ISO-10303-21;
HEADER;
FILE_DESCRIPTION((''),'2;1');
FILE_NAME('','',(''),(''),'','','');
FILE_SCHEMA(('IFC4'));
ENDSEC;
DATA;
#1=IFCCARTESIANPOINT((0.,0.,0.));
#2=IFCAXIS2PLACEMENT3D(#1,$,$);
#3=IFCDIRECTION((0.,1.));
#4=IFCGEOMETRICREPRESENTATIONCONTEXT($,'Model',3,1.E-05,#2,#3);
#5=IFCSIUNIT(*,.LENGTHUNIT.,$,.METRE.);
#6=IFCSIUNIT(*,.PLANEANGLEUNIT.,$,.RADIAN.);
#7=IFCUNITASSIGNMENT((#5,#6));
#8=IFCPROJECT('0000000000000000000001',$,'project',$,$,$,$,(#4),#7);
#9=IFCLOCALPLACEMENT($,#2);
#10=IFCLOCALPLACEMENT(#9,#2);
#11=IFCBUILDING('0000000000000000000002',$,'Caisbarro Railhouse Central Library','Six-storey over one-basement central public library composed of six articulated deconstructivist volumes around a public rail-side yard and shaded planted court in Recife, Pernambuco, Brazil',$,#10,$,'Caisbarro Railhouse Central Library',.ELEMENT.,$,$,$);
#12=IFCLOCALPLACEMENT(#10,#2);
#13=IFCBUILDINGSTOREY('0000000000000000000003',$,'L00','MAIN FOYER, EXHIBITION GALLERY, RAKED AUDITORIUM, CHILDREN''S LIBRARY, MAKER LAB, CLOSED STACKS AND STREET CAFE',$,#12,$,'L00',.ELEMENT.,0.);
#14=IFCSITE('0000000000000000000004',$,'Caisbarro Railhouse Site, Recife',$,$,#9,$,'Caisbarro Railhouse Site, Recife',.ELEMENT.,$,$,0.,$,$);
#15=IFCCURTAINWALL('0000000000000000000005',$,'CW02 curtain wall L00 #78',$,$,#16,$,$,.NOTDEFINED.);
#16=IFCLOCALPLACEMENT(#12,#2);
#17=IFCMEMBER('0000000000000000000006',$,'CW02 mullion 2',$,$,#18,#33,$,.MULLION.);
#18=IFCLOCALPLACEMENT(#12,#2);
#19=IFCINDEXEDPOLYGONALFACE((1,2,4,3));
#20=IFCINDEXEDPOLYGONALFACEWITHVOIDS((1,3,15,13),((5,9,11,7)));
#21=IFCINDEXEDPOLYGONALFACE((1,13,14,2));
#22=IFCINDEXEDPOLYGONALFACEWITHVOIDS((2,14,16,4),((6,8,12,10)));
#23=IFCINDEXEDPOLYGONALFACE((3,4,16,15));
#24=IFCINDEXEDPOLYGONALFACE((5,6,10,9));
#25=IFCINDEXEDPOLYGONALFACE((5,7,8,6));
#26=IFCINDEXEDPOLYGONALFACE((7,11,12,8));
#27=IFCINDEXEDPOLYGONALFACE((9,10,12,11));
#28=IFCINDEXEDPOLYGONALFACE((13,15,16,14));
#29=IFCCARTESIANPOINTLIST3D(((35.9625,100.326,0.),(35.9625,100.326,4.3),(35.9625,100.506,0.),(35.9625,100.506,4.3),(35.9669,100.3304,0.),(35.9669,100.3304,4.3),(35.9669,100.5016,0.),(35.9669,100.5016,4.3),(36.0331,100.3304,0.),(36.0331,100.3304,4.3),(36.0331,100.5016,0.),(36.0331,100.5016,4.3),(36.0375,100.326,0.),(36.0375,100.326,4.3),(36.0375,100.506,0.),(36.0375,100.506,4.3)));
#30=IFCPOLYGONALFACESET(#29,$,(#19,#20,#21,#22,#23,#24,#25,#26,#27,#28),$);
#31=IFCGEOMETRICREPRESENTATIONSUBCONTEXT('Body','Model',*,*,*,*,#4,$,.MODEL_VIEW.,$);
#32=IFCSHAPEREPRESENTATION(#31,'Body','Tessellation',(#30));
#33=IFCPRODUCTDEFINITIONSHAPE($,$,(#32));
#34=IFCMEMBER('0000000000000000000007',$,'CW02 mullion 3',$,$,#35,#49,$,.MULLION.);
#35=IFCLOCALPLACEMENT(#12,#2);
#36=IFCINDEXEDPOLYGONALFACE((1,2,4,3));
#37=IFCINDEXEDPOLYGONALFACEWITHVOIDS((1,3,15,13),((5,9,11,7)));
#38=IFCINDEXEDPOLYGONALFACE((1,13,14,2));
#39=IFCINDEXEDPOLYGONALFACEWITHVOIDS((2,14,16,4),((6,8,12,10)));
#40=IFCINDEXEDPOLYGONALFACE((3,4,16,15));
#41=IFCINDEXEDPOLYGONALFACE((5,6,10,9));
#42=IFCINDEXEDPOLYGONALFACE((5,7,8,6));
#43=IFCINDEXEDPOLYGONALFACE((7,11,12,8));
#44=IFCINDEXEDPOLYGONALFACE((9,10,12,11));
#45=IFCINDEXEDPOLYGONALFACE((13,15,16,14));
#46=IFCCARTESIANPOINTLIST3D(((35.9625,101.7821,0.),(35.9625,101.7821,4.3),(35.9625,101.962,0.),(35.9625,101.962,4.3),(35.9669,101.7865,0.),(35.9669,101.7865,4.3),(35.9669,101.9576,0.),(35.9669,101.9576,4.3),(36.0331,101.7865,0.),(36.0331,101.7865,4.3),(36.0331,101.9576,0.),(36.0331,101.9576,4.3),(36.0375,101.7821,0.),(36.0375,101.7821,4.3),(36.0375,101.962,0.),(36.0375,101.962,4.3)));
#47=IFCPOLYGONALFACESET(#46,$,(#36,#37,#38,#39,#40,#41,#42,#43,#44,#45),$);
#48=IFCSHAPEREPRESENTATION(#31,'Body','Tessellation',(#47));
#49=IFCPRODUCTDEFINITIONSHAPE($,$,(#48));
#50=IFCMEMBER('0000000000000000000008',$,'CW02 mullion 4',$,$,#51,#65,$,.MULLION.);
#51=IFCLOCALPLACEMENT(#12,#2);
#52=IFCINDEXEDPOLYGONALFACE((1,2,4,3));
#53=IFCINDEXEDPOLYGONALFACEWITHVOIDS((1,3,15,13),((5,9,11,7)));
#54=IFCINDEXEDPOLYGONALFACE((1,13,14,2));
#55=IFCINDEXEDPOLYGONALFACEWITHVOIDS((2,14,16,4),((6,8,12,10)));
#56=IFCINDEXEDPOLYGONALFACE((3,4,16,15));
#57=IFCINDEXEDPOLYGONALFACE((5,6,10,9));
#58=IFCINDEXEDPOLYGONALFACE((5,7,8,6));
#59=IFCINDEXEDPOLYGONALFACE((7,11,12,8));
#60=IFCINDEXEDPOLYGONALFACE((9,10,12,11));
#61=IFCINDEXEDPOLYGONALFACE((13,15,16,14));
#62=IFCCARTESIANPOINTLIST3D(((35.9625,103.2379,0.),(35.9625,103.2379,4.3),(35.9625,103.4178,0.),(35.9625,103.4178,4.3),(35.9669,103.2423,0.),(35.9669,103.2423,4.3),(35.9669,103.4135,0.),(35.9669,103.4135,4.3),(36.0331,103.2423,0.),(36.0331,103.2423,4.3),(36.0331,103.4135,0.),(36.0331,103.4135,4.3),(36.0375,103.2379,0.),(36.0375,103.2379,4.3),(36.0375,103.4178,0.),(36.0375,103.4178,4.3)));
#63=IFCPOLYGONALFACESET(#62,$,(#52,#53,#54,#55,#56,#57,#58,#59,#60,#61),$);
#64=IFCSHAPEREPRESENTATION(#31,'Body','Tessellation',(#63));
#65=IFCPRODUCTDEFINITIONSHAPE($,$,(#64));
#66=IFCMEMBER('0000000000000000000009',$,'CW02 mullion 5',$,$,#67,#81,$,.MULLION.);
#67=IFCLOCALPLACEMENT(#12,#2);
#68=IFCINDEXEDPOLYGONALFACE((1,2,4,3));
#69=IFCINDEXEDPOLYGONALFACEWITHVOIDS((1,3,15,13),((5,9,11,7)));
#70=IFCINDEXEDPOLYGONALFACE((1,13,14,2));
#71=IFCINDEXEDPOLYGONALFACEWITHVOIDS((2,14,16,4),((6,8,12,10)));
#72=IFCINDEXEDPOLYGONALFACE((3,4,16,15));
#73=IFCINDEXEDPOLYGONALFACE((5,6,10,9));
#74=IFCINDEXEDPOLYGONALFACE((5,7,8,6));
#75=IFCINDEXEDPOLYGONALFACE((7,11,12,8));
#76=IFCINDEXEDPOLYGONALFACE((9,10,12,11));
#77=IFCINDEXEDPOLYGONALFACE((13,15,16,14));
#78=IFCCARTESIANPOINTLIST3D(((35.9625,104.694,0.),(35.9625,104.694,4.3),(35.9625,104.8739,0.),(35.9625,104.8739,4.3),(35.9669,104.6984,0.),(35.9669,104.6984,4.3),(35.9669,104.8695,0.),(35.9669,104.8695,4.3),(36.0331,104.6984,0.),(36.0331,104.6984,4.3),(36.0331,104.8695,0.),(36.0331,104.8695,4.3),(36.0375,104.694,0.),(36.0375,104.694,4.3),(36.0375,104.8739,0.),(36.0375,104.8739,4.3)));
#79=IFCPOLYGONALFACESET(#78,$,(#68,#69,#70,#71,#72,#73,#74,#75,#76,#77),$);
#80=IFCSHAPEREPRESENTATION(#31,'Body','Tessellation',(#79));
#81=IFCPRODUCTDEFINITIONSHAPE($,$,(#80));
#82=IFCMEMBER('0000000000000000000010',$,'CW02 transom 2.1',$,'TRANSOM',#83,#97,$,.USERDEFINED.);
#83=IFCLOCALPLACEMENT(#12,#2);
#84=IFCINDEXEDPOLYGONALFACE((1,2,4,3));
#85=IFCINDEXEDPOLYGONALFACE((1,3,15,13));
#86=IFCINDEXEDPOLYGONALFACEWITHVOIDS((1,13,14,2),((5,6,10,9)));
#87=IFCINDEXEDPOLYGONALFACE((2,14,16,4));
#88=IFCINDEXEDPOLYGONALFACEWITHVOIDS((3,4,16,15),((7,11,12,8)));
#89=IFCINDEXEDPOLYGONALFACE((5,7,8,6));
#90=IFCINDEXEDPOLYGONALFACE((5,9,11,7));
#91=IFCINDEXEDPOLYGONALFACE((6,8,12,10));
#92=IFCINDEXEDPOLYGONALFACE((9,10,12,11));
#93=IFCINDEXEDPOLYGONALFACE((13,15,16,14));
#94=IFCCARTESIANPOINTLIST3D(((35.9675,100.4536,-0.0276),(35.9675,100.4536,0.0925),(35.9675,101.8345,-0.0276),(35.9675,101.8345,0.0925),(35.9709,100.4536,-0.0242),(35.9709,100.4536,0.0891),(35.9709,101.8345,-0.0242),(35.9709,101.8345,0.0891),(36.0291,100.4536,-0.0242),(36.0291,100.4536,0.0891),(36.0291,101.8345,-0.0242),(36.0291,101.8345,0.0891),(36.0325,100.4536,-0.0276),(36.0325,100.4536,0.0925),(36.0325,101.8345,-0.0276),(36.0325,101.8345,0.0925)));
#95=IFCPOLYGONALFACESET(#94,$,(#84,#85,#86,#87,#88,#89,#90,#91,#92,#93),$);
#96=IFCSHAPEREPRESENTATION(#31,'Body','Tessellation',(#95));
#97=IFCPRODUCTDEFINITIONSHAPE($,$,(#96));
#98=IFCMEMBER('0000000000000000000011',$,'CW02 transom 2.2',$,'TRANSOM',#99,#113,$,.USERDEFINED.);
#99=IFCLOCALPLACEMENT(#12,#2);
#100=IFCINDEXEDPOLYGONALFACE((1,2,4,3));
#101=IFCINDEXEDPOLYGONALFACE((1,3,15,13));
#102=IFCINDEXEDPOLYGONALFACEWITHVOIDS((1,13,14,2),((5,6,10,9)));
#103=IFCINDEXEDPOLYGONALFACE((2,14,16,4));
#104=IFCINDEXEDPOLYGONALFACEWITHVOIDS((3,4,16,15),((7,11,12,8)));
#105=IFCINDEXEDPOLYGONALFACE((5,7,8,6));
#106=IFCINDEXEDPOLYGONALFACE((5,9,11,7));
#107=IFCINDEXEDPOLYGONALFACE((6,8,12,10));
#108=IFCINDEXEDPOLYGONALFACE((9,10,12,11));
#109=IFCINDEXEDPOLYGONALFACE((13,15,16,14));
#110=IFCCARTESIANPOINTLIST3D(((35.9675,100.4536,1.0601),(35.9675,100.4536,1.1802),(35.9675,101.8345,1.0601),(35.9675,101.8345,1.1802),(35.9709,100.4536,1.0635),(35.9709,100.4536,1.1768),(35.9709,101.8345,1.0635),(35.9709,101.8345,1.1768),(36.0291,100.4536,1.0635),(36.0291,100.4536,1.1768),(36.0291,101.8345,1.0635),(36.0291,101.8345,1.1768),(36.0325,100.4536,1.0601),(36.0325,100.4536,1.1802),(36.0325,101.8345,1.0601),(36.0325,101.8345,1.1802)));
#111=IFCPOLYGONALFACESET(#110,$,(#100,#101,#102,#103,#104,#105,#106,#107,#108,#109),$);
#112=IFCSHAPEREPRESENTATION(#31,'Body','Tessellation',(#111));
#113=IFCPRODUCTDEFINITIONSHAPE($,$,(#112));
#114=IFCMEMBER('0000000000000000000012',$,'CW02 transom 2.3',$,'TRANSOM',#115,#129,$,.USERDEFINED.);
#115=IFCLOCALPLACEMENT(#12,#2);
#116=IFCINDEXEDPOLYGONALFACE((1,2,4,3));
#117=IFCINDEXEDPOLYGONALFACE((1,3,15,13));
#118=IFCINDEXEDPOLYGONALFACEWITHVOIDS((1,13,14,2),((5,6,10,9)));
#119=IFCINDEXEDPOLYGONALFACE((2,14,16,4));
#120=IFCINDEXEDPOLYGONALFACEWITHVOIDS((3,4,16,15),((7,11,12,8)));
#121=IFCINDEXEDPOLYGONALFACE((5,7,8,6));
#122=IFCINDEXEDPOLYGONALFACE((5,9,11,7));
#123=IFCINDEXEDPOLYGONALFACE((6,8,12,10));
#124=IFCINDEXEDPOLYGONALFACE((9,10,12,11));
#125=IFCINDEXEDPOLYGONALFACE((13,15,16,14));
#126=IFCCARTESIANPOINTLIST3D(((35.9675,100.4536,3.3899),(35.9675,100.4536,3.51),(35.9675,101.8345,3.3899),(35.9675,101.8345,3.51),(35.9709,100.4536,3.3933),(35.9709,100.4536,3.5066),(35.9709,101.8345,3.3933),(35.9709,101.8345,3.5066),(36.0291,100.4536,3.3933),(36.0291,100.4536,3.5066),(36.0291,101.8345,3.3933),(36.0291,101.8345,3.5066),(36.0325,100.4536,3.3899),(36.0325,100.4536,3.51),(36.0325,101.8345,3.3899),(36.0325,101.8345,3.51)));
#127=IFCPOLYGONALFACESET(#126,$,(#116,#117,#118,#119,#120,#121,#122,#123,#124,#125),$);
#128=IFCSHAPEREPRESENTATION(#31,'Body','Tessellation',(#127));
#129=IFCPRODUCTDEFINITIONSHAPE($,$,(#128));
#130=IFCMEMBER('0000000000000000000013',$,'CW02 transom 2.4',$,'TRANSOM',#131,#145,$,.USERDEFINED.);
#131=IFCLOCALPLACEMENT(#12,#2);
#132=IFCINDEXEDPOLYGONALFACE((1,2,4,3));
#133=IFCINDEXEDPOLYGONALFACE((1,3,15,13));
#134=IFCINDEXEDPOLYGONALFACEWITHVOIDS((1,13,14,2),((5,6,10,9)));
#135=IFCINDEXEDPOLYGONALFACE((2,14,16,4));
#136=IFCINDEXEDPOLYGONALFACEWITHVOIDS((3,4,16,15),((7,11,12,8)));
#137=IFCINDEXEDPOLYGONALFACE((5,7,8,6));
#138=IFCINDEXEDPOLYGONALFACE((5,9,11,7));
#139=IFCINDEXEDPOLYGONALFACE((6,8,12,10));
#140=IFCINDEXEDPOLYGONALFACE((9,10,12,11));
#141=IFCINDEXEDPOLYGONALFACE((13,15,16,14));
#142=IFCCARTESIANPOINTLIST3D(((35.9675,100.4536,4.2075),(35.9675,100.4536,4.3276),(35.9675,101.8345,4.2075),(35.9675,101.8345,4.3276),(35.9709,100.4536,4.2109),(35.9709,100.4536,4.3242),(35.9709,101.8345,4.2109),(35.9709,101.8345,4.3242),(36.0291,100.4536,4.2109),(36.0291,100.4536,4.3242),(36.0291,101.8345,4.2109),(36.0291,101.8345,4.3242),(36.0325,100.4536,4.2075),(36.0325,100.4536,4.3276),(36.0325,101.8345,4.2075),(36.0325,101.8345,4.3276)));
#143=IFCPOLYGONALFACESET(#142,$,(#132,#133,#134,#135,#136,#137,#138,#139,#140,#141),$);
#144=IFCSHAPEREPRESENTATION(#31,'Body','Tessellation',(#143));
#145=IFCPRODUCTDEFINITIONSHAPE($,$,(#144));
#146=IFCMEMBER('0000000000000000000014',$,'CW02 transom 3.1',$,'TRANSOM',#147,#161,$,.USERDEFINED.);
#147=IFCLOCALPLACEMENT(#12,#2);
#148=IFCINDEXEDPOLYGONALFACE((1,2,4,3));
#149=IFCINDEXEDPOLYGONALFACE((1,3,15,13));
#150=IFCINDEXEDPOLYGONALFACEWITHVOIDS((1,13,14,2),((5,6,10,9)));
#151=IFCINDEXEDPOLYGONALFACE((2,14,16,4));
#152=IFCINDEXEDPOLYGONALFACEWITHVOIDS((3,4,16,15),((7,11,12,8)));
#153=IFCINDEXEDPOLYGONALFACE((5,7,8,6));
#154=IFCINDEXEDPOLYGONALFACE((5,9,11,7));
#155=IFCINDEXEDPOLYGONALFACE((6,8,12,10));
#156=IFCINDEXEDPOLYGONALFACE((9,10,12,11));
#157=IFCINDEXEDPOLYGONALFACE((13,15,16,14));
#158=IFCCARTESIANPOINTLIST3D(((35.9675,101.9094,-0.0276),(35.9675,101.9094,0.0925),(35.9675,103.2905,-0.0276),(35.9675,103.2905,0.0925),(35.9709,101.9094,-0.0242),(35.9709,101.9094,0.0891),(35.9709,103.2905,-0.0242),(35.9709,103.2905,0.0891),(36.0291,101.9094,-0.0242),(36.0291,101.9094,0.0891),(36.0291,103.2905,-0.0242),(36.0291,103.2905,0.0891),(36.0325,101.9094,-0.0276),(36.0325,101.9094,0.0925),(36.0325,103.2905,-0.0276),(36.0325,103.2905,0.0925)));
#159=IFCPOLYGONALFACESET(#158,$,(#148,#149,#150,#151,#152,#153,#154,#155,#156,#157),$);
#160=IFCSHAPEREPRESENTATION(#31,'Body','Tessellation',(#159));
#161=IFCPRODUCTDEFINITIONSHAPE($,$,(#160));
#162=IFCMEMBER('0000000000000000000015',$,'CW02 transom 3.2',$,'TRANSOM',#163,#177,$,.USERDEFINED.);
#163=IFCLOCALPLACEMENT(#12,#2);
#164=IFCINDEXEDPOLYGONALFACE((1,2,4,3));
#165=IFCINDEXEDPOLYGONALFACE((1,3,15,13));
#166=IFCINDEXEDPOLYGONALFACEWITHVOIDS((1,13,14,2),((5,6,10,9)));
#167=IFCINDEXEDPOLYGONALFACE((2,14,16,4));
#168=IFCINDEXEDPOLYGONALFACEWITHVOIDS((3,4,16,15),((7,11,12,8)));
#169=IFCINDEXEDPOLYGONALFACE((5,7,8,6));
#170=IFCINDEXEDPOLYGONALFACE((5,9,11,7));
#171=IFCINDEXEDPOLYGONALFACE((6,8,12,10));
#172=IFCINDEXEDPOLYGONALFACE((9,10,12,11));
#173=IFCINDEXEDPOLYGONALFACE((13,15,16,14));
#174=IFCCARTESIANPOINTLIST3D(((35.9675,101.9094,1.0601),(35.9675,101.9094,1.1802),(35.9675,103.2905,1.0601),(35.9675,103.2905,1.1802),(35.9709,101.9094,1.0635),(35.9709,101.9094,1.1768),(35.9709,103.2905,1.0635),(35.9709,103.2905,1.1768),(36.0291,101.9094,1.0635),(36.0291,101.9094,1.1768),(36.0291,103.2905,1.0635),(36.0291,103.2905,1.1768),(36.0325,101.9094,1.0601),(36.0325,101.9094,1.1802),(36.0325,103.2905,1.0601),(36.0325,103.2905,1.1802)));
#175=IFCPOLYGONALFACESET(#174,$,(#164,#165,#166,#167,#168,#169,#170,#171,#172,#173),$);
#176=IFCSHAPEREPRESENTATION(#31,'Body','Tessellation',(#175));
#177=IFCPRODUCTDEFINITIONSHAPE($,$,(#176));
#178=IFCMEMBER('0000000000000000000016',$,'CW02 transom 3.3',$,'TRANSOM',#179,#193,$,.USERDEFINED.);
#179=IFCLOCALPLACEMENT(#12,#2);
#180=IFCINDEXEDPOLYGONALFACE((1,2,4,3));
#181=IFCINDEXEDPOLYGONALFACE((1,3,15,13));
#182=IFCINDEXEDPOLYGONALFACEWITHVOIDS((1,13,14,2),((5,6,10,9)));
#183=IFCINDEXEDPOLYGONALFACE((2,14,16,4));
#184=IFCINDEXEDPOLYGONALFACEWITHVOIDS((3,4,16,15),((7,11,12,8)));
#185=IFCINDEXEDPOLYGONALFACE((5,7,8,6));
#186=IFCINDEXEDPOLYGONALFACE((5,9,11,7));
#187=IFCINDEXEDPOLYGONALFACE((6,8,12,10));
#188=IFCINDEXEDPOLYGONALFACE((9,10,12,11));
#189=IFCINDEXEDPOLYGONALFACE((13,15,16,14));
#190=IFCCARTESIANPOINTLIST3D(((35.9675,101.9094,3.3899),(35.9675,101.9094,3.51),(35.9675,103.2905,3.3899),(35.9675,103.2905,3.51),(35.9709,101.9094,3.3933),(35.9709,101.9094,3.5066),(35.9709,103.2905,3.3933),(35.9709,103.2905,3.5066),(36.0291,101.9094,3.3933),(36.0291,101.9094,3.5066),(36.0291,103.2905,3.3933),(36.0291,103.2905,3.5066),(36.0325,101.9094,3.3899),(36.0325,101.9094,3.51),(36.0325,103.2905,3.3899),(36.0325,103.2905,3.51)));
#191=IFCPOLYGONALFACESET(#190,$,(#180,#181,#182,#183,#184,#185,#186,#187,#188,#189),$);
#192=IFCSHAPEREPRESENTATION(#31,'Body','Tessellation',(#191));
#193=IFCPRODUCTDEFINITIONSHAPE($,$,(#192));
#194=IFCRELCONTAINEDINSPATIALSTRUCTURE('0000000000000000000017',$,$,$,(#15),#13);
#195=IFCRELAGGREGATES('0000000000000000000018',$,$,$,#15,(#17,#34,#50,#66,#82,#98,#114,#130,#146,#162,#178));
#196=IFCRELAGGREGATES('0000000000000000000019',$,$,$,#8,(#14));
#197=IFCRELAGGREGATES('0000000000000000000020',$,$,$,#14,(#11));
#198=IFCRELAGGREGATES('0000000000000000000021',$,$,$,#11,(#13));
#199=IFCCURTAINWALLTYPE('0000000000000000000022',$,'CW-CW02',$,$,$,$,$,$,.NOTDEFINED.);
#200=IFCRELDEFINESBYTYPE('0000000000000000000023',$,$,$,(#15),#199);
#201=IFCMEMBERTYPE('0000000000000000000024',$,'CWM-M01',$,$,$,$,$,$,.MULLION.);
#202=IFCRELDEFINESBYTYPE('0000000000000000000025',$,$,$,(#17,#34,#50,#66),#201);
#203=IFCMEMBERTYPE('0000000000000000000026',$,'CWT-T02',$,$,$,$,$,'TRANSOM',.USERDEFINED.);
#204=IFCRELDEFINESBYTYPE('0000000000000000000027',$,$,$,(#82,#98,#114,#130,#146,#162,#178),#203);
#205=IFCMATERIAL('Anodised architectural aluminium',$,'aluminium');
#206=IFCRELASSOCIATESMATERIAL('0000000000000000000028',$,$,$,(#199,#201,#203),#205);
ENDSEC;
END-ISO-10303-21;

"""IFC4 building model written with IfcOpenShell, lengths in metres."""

from ifc_helpers import new_model, si_unit, direction, frame, origin, origin_2d, place, context, subcontext, project, spatial, hollow_rectangle, extrude, material, material_profile, profile_set, type_object, element, aggregate, save


model = new_model("IFC4")

# Units and contexts
model_context = context("Model", 3, precision=1e-05, world=origin(), true_north=direction((0.0, 1.0)))
body_context = subcontext(model_context, "Body", "Model", "MODEL_VIEW")
ifc_project = project(units=[si_unit("LENGTHUNIT", "METRE"), si_unit("PLANEANGLEUNIT", "RADIAN")], contexts=[model_context])

# Site, building, storey
site_placement = place(None, origin())
site = spatial("IfcSite", under=ifc_project, at=site_placement, Name="Caisbarro Railhouse Site, Recife", LongName="Caisbarro Railhouse Site, Recife", CompositionType="ELEMENT", RefElevation=0.0)
building_placement = place(site_placement, origin())
building = spatial("IfcBuilding", under=site, at=building_placement, Name="Caisbarro Railhouse Central Library", Description="Six-storey over one-basement central public library composed of six articulated deconstructivist volumes around a public rail-side yard and shaded planted court in Recife, Pernambuco, Brazil", LongName="Caisbarro Railhouse Central Library", CompositionType="ELEMENT")
storey_placement = place(building_placement, origin())
storey = spatial("IfcBuildingStorey", under=building, at=storey_placement, Name="L00", Description="MAIN FOYER, EXHIBITION GALLERY, RAKED AUDITORIUM, CHILDREN'S LIBRARY, MAKER LAB, CLOSED STACKS AND STREET CAFE", LongName="L00", CompositionType="ELEMENT", Elevation=0.0)

# Curtain wall, members
ifc_material_1 = material(Name="Anodised architectural aluminium", Category="aluminium")
curtain_wall_type = type_object("IfcCurtainWallType", Name="CW-CW02", PredefinedType="NOTDEFINED", material=ifc_material_1)
curtain_wall_placement = place(storey_placement, origin())
curtain_wall = element("IfcCurtainWall", 1, at=curtain_wall_placement, inside=storey, type_object=curtain_wall_type, Name="CW02 curtain wall L00 #78", PredefinedType="NOTDEFINED")
ifc_material_profile_1 = material_profile(ifc_material_1, hollow_rectangle(XDim=0.075, YDim=0.1799, WallThickness=0.0044, at=origin_2d()), Name="ALU-MUL-75X180")
ifc_profile_set_1 = profile_set([ifc_material_profile_1], Name="Anodised architectural aluminium")
member_type_1 = type_object("IfcMemberType", Name="CWM-M01", PredefinedType="MULLION", material=ifc_profile_set_1)
member_1_placement = place(storey_placement, frame((36.0, 100.416, 0.0), z_axis=(0.0, 0.0, 1.0), x_axis=(-1.0, 0.0, 0.0)))
member_1 = element("IfcMember", 2, at=member_1_placement, type_object=member_type_1, Name="CW02 mullion 2", PredefinedType="MULLION", context=body_context, shape_type="SweptSolid", body=[
    extrude(hollow_rectangle(XDim=0.075, YDim=0.1799, WallThickness=0.0044, at=origin_2d()), origin(), (0.0, 0.0, 1.0), 4.3),
])
member_2_placement = place(storey_placement, frame((36.0, 101.8721, 0.0), z_axis=(0.0, 0.0, 1.0), x_axis=(-1.0, 0.0, 0.0)))
member_2 = element("IfcMember", 3, at=member_2_placement, type_object=member_type_1, Name="CW02 mullion 3", PredefinedType="MULLION", context=body_context, shape_type="SweptSolid", body=[
    extrude(hollow_rectangle(XDim=0.075, YDim=0.1799, WallThickness=0.0044, at=origin_2d()), origin(), (0.0, 0.0, 1.0), 4.3),
])
member_3_placement = place(storey_placement, frame((36.0, 103.3279, 0.0), z_axis=(0.0, 0.0, 1.0), x_axis=(-1.0, 0.0, 0.0)))
member_3 = element("IfcMember", 4, at=member_3_placement, type_object=member_type_1, Name="CW02 mullion 4", PredefinedType="MULLION", context=body_context, shape_type="SweptSolid", body=[
    extrude(hollow_rectangle(XDim=0.075, YDim=0.1799, WallThickness=0.0044, at=origin_2d()), origin(), (0.0, 0.0, 1.0), 4.3),
])
member_4_placement = place(storey_placement, frame((36.0, 104.7839, 0.0), z_axis=(0.0, 0.0, 1.0), x_axis=(-1.0, 0.0, 0.0)))
member_4 = element("IfcMember", 5, at=member_4_placement, type_object=member_type_1, Name="CW02 mullion 5", PredefinedType="MULLION", context=body_context, shape_type="SweptSolid", body=[
    extrude(hollow_rectangle(XDim=0.075, YDim=0.1799, WallThickness=0.0044, at=origin_2d()), origin(), (0.0, 0.0, 1.0), 4.3),
])
ifc_material_profile_2 = material_profile(ifc_material_1, hollow_rectangle(XDim=0.0649, YDim=0.1201, WallThickness=0.0034, at=origin_2d()), Name="ALU-TRN-65X120")
ifc_profile_set_2 = profile_set([ifc_material_profile_2], Name="Anodised architectural aluminium")
member_type_2 = type_object("IfcMemberType", Name="CWT-T02", ElementType="TRANSOM", PredefinedType="USERDEFINED", material=ifc_profile_set_2)
member_5_placement = place(storey_placement, frame((36.0, 100.4536, 0.0325), z_axis=(0.0, 1.0, 0.0), x_axis=(-1.0, 0.0, 0.0)))
member_5 = element("IfcMember", 6, at=member_5_placement, type_object=member_type_2, Name="CW02 transom 2.1", ObjectType="TRANSOM", PredefinedType="USERDEFINED", context=body_context, shape_type="SweptSolid", body=[
    extrude(hollow_rectangle(XDim=0.0649, YDim=0.1201, WallThickness=0.0034, at=origin_2d()), origin(), (0.0, 0.0, 1.0), 1.3809),
])
member_6_placement = place(storey_placement, frame((36.0, 100.4536, 1.1201), z_axis=(0.0, 1.0, 0.0), x_axis=(-1.0, 0.0, 0.0)))
member_6 = element("IfcMember", 7, at=member_6_placement, type_object=member_type_2, Name="CW02 transom 2.2", ObjectType="TRANSOM", PredefinedType="USERDEFINED", context=body_context, shape_type="SweptSolid", body=[
    extrude(hollow_rectangle(XDim=0.0649, YDim=0.1201, WallThickness=0.0034, at=origin_2d()), origin(), (0.0, 0.0, 1.0), 1.3809),
])
member_7_placement = place(storey_placement, frame((36.0, 100.4536, 3.45), z_axis=(0.0, 1.0, 0.0), x_axis=(-1.0, 0.0, 0.0)))
member_7 = element("IfcMember", 8, at=member_7_placement, type_object=member_type_2, Name="CW02 transom 2.3", ObjectType="TRANSOM", PredefinedType="USERDEFINED", context=body_context, shape_type="SweptSolid", body=[
    extrude(hollow_rectangle(XDim=0.0649, YDim=0.1201, WallThickness=0.0034, at=origin_2d()), origin(), (0.0, 0.0, 1.0), 1.3809),
])
member_8_placement = place(storey_placement, frame((36.0, 100.4536, 4.2676), z_axis=(0.0, 1.0, 0.0), x_axis=(-1.0, 0.0, 0.0)))
member_8 = element("IfcMember", 9, at=member_8_placement, type_object=member_type_2, Name="CW02 transom 2.4", ObjectType="TRANSOM", PredefinedType="USERDEFINED", context=body_context, shape_type="SweptSolid", body=[
    extrude(hollow_rectangle(XDim=0.0649, YDim=0.1201, WallThickness=0.0034, at=origin_2d()), origin(), (0.0, 0.0, 1.0), 1.3809),
])
member_9_placement = place(storey_placement, frame((36.0, 101.9094, 0.0325), z_axis=(0.0, 1.0, 0.0), x_axis=(-1.0, 0.0, 0.0)))
member_9 = element("IfcMember", 10, at=member_9_placement, type_object=member_type_2, Name="CW02 transom 3.1", ObjectType="TRANSOM", PredefinedType="USERDEFINED", context=body_context, shape_type="SweptSolid", body=[
    extrude(hollow_rectangle(XDim=0.0649, YDim=0.1201, WallThickness=0.0034, at=origin_2d()), origin(), (0.0, 0.0, 1.0), 1.3811),
])
member_10_placement = place(storey_placement, frame((36.0, 101.9094, 1.1201), z_axis=(0.0, 1.0, 0.0), x_axis=(-1.0, 0.0, 0.0)))
member_10 = element("IfcMember", 11, at=member_10_placement, type_object=member_type_2, Name="CW02 transom 3.2", ObjectType="TRANSOM", PredefinedType="USERDEFINED", context=body_context, shape_type="SweptSolid", body=[
    extrude(hollow_rectangle(XDim=0.0649, YDim=0.1201, WallThickness=0.0034, at=origin_2d()), origin(), (0.0, 0.0, 1.0), 1.3811),
])
member_11_placement = place(storey_placement, frame((36.0, 101.9094, 3.45), z_axis=(0.0, 1.0, 0.0), x_axis=(-1.0, 0.0, 0.0)))
member_11 = element("IfcMember", 12, at=member_11_placement, type_object=member_type_2, Name="CW02 transom 3.3", ObjectType="TRANSOM", PredefinedType="USERDEFINED", context=body_context, shape_type="SweptSolid", body=[
    extrude(hollow_rectangle(XDim=0.0649, YDim=0.1201, WallThickness=0.0034, at=origin_2d()), origin(), (0.0, 0.0, 1.0), 1.3811),
])
aggregate(curtain_wall, [member_1, member_2, member_3, member_4, member_5, member_6, member_7, member_8, member_9, member_10, member_11])

save(model, "model.ifc")
